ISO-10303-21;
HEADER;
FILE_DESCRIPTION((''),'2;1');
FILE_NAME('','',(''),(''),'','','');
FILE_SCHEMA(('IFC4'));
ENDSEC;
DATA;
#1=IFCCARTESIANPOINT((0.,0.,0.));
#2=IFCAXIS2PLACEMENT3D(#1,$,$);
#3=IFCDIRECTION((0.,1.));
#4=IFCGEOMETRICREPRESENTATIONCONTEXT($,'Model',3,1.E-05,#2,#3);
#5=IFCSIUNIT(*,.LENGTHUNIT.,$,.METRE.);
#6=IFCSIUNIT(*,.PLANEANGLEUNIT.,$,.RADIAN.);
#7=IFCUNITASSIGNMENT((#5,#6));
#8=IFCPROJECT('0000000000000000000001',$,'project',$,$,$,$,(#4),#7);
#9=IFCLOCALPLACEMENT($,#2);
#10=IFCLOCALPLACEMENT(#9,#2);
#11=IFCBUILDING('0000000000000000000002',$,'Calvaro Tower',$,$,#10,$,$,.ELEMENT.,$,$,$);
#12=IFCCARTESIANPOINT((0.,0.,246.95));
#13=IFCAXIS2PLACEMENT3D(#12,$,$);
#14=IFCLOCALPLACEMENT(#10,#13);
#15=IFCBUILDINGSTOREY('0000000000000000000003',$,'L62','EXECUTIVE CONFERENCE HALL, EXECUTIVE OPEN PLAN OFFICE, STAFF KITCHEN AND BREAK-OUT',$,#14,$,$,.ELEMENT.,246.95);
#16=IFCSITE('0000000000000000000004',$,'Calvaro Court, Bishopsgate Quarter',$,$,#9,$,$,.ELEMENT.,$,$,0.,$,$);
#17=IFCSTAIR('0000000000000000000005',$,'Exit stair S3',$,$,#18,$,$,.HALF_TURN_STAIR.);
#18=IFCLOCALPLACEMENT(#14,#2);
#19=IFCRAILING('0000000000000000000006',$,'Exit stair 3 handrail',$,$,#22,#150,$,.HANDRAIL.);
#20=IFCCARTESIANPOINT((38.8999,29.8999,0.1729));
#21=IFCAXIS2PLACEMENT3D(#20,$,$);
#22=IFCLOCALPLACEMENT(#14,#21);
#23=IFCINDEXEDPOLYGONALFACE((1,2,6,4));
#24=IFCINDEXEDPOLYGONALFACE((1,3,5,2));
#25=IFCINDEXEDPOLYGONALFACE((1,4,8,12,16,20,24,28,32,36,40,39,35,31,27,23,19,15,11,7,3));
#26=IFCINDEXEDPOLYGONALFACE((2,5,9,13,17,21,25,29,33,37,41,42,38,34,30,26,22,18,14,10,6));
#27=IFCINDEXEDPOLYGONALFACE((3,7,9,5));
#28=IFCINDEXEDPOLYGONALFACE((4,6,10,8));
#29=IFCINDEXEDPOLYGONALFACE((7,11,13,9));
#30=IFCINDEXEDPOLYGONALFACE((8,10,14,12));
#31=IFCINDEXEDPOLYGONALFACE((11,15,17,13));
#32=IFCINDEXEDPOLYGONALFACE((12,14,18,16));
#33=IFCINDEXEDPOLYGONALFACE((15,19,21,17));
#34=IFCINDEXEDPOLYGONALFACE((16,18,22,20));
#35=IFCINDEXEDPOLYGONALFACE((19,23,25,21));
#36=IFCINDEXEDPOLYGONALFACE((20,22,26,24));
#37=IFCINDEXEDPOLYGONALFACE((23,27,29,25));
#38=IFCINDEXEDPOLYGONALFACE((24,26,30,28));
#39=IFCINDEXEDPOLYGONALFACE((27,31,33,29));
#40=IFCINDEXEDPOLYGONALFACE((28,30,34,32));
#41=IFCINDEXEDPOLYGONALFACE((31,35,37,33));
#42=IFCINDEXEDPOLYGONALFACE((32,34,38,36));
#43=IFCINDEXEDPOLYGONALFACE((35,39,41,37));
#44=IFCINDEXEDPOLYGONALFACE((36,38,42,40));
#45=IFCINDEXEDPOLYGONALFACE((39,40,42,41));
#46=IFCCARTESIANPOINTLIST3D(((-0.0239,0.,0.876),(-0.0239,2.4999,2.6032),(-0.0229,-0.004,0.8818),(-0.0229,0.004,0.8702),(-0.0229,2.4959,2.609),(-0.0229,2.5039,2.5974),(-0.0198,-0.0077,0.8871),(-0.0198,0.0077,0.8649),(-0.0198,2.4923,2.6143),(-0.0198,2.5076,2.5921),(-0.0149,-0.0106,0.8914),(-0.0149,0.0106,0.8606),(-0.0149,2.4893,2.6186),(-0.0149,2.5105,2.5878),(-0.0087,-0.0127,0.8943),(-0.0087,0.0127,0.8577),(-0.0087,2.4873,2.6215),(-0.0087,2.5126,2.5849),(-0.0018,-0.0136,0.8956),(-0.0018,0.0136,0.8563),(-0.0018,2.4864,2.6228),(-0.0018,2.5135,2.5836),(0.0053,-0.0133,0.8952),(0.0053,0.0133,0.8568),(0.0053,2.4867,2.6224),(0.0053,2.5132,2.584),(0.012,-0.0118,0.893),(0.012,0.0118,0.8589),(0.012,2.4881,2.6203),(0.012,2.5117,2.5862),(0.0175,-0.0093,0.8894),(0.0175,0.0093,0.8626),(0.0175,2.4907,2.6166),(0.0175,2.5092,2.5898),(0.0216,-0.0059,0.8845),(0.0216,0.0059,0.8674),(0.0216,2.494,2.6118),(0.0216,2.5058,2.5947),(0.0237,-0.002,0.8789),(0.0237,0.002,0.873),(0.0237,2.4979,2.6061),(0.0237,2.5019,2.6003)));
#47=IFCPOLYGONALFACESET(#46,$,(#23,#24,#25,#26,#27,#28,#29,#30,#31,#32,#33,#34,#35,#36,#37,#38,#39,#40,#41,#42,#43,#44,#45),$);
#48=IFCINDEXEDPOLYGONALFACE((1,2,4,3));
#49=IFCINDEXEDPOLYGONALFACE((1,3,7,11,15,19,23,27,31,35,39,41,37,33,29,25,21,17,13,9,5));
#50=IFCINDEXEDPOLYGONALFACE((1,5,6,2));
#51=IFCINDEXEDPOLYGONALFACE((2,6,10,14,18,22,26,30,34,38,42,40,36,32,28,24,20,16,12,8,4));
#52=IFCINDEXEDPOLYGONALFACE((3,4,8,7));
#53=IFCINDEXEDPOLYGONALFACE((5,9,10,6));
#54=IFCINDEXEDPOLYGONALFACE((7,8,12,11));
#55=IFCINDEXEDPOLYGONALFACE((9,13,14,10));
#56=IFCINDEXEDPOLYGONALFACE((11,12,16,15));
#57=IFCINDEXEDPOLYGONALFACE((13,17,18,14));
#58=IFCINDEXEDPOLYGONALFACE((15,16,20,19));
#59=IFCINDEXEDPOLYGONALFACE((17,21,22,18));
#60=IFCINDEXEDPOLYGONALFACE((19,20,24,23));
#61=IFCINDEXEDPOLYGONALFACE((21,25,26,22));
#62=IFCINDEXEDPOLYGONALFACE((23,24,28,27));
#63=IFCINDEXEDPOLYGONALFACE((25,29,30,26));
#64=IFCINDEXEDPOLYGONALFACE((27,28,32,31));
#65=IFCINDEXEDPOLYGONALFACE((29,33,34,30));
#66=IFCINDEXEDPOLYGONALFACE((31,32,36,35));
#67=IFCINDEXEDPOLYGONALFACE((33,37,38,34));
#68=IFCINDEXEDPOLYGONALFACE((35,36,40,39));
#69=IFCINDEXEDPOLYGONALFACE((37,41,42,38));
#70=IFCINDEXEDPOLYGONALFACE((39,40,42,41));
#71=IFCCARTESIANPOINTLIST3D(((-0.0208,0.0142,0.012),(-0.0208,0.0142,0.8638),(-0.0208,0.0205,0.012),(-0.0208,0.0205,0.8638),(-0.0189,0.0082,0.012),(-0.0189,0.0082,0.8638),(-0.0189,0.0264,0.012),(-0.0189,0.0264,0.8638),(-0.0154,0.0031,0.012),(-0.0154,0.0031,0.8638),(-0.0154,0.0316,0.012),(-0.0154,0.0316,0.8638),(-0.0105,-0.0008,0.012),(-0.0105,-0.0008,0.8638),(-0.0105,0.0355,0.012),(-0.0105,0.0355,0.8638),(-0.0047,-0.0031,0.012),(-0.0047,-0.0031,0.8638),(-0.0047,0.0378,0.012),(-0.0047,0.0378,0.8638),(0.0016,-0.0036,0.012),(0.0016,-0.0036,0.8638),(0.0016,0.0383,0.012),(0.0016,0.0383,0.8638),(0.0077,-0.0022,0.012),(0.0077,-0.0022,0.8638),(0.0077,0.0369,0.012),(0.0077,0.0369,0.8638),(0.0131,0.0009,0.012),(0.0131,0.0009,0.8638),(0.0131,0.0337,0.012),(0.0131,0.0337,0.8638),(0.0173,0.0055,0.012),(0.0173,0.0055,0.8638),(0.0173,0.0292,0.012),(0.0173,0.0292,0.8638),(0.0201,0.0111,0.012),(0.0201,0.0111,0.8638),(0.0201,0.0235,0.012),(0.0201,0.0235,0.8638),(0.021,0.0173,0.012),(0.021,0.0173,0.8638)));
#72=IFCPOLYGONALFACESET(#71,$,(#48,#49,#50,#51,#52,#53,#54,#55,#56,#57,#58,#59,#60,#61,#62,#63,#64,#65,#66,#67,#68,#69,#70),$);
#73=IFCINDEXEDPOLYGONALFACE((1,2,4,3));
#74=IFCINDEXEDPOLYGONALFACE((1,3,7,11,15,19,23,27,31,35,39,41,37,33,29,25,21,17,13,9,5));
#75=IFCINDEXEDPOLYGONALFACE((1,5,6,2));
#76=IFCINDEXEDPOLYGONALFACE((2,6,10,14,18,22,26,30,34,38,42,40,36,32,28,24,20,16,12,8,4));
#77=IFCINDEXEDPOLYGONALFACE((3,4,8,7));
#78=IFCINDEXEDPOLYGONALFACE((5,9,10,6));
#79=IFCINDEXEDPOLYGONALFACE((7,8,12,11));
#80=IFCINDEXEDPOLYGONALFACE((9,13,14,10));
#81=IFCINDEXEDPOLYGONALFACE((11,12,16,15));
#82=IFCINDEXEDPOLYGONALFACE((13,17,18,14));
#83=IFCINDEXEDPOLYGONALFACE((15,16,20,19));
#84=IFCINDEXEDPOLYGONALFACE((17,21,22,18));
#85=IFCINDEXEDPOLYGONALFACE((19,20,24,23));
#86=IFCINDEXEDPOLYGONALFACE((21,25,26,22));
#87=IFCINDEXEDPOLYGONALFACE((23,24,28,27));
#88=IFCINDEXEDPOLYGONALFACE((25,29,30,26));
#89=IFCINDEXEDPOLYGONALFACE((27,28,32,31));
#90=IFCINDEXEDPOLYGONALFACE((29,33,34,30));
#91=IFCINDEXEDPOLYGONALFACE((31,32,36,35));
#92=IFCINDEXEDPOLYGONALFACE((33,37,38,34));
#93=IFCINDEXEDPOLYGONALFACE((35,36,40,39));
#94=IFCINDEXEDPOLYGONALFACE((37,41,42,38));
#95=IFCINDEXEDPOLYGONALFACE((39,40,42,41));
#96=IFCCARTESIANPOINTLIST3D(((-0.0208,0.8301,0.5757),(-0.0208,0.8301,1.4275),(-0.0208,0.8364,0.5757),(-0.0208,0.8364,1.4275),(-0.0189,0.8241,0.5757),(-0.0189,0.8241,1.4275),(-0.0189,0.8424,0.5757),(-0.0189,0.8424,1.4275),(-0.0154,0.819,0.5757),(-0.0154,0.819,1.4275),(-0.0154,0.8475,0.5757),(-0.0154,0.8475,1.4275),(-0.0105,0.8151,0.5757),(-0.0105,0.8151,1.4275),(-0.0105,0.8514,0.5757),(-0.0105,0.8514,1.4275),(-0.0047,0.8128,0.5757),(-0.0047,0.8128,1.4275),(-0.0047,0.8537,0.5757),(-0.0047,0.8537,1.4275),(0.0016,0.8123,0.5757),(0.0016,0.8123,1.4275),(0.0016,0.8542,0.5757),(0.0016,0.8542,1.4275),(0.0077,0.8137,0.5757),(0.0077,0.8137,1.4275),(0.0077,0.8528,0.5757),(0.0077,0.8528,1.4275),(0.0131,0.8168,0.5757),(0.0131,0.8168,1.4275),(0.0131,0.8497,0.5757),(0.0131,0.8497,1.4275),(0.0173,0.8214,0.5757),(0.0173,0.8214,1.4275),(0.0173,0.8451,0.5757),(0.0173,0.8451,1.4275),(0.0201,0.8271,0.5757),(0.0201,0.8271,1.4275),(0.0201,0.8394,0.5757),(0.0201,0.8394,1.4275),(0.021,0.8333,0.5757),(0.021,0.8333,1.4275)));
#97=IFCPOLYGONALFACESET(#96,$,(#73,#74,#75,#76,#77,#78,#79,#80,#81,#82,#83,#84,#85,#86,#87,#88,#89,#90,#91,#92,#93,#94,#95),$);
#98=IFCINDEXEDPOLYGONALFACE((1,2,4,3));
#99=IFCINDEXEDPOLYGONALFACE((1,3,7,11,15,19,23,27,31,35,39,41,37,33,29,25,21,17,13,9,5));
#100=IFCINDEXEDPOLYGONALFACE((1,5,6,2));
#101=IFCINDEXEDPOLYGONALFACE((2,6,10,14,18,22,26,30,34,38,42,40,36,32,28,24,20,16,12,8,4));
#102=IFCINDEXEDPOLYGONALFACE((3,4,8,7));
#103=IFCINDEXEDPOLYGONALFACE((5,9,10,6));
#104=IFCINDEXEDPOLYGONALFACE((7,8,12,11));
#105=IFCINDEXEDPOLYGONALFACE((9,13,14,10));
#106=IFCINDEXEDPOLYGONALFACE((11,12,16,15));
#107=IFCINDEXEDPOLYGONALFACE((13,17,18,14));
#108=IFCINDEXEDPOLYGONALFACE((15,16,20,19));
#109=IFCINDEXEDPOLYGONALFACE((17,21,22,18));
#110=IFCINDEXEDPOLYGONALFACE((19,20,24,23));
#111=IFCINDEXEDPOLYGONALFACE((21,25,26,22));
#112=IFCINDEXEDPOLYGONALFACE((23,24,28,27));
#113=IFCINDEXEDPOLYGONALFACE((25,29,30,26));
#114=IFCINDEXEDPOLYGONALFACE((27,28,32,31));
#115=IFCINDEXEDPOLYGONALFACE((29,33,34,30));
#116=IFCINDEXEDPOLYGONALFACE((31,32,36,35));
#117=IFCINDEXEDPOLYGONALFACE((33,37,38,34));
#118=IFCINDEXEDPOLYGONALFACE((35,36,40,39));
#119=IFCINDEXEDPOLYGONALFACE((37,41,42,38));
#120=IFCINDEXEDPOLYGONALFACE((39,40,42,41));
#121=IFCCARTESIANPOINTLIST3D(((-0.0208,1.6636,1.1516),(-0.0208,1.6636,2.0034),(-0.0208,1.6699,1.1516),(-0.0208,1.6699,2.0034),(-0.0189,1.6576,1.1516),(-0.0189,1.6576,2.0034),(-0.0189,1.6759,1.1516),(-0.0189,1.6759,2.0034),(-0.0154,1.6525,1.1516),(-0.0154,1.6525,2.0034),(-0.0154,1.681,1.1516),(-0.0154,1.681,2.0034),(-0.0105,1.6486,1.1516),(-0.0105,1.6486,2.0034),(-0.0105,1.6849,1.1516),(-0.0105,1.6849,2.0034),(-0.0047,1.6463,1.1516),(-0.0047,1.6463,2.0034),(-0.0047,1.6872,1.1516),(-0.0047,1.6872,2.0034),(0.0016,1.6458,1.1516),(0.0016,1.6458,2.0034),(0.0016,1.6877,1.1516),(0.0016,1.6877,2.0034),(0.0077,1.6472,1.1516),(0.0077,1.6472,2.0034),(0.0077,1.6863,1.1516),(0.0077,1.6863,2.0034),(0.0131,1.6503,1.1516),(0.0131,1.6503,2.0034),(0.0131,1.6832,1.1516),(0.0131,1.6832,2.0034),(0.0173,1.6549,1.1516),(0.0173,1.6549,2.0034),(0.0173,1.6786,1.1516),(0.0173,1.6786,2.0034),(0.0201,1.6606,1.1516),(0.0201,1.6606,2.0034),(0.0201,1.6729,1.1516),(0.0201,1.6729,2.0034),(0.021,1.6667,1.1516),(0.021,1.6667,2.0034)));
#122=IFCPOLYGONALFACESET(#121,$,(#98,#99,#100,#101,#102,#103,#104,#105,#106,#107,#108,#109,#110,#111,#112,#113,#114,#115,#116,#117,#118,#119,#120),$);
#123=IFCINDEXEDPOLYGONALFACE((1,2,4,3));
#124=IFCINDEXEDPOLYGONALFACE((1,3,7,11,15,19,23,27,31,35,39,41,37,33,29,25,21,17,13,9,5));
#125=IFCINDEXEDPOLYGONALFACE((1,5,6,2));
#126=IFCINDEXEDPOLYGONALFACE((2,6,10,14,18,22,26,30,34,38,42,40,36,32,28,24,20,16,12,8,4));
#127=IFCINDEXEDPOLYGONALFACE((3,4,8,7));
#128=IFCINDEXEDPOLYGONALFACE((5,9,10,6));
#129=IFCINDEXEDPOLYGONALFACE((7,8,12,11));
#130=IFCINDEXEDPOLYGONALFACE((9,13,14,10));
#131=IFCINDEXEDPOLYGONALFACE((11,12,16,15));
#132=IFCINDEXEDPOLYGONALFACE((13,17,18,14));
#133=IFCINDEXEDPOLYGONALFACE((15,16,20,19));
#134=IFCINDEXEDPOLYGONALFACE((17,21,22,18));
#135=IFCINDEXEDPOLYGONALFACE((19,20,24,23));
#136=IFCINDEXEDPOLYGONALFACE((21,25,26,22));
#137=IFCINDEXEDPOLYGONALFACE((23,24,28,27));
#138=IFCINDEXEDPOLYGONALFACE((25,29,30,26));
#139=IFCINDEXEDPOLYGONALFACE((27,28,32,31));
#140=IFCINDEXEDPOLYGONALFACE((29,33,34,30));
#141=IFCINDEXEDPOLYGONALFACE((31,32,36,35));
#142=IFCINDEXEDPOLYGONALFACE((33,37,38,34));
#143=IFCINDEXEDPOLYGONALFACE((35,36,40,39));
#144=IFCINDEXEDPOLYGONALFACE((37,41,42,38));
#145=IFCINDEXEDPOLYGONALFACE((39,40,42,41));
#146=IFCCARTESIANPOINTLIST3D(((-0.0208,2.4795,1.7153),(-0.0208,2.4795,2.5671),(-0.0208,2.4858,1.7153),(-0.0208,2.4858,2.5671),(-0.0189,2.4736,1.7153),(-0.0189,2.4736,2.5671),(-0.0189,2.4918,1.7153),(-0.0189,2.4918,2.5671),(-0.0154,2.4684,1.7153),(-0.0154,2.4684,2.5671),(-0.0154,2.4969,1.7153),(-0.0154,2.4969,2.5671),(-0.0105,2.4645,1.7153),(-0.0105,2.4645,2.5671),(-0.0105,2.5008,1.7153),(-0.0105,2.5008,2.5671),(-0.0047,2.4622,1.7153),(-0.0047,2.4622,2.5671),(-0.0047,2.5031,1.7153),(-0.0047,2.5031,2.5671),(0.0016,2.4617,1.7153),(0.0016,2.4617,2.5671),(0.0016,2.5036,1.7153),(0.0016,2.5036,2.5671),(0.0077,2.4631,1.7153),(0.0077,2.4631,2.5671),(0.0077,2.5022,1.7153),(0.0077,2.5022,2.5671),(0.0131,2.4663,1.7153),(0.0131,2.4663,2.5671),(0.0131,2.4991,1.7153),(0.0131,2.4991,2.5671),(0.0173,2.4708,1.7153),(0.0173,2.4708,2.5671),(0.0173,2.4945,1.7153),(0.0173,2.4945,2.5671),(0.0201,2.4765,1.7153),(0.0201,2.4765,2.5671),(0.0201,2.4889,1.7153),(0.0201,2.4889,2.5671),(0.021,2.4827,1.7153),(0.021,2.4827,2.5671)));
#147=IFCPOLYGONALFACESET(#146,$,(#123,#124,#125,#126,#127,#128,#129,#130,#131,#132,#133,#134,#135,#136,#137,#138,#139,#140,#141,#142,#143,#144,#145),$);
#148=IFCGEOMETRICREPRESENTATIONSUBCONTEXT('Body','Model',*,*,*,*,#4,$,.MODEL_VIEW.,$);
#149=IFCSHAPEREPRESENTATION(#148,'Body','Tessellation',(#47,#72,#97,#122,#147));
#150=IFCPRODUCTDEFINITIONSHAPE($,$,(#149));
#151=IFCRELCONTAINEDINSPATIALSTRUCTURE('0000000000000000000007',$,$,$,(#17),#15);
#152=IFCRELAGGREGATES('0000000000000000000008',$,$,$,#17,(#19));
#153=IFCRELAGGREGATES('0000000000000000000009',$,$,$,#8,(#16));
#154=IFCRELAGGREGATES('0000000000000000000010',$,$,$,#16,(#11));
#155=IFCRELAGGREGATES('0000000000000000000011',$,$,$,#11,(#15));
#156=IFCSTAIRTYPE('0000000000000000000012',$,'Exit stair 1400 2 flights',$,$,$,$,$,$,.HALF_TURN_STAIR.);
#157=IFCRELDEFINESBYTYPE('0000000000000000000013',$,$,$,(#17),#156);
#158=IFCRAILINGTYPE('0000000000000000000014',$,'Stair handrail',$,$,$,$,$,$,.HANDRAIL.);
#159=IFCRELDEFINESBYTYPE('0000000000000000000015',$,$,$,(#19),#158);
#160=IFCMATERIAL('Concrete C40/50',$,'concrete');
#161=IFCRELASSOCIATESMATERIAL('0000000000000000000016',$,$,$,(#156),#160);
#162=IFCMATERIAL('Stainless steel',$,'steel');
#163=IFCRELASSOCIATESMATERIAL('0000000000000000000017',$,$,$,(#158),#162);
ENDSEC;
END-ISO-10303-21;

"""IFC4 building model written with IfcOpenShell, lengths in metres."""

from ifc_helpers import new_model, si_unit, direction, frame, origin, origin_2d, place, context, subcontext, project, spatial, circle, extrude, material, type_object, element, aggregate, save


model = new_model("IFC4")

# Units and contexts
model_context = context("Model", 3, precision=1e-05, world=origin(), true_north=direction((0.0, 1.0)))
body_context = subcontext(model_context, "Body", "Model", "MODEL_VIEW")
ifc_project = project(units=[si_unit("LENGTHUNIT", "METRE"), si_unit("PLANEANGLEUNIT", "RADIAN")], contexts=[model_context])

# Site, building, storey
site_placement = place(None, origin())
site = spatial("IfcSite", under=ifc_project, at=site_placement, Name="Calvaro Court, Bishopsgate Quarter", CompositionType="ELEMENT", RefElevation=0.0)
building_placement = place(site_placement, origin())
building = spatial("IfcBuilding", under=site, at=building_placement, Name="Calvaro Tower", CompositionType="ELEMENT")
storey_placement = place(building_placement, frame((0.0, 0.0, 246.95)))
storey = spatial("IfcBuildingStorey", under=building, at=storey_placement, Name="L62", Description="EXECUTIVE CONFERENCE HALL, EXECUTIVE OPEN PLAN OFFICE, STAFF KITCHEN AND BREAK-OUT", CompositionType="ELEMENT", Elevation=246.95)

# Stair
ifc_material_1 = material(Name="Concrete C40/50", Category="concrete")
stair_type = type_object("IfcStairType", Name="Exit stair 1400 2 flights", PredefinedType="HALF_TURN_STAIR", material=ifc_material_1)
stair_1_placement = place(storey_placement, origin())
stair_1 = element("IfcStair", 1, at=stair_1_placement, inside=storey, type_object=stair_type, Name="Exit stair S3", PredefinedType="HALF_TURN_STAIR")

# Railing
ifc_material_2 = material(Name="Stainless steel", Category="steel")
railing_type = type_object("IfcRailingType", Name="Stair handrail", PredefinedType="HANDRAIL", material=ifc_material_2)
railing_1_placement = place(storey_placement, frame((38.8999, 29.8999, 0.1729)))
railing_1 = element("IfcRailing", 2, at=railing_1_placement, type_object=railing_type, Name="Exit stair 3 handrail", PredefinedType="HANDRAIL", context=body_context, shape_type="SweptSolid", body=[
    extrude(circle(Radius=0.0239, at=origin_2d()), frame((0.0, 0.0, 0.876), z_axis=(0.0, 0.822727, 0.568437), x_axis=(-1.0, 0.0, 0.0)), (0.0, 0.0, 1.0), 3.0386),
    extrude(circle(Radius=0.021, at=origin_2d()), frame((0.0, 0.0173, 0.012)), (0.0, 0.0, 1.0), 0.8518),
    extrude(circle(Radius=0.021, at=origin_2d()), frame((0.0, 0.8333, 0.5757)), (0.0, 0.0, 1.0), 0.8518),
    extrude(circle(Radius=0.021, at=origin_2d()), frame((0.0, 1.6667, 1.1516)), (0.0, 0.0, 1.0), 0.8518),
    extrude(circle(Radius=0.021, at=origin_2d()), frame((0.0, 2.4827, 1.7153)), (0.0, 0.0, 1.0), 0.8518),
])
aggregate(stair_1, [railing_1])

save(model, "model.ifc")
